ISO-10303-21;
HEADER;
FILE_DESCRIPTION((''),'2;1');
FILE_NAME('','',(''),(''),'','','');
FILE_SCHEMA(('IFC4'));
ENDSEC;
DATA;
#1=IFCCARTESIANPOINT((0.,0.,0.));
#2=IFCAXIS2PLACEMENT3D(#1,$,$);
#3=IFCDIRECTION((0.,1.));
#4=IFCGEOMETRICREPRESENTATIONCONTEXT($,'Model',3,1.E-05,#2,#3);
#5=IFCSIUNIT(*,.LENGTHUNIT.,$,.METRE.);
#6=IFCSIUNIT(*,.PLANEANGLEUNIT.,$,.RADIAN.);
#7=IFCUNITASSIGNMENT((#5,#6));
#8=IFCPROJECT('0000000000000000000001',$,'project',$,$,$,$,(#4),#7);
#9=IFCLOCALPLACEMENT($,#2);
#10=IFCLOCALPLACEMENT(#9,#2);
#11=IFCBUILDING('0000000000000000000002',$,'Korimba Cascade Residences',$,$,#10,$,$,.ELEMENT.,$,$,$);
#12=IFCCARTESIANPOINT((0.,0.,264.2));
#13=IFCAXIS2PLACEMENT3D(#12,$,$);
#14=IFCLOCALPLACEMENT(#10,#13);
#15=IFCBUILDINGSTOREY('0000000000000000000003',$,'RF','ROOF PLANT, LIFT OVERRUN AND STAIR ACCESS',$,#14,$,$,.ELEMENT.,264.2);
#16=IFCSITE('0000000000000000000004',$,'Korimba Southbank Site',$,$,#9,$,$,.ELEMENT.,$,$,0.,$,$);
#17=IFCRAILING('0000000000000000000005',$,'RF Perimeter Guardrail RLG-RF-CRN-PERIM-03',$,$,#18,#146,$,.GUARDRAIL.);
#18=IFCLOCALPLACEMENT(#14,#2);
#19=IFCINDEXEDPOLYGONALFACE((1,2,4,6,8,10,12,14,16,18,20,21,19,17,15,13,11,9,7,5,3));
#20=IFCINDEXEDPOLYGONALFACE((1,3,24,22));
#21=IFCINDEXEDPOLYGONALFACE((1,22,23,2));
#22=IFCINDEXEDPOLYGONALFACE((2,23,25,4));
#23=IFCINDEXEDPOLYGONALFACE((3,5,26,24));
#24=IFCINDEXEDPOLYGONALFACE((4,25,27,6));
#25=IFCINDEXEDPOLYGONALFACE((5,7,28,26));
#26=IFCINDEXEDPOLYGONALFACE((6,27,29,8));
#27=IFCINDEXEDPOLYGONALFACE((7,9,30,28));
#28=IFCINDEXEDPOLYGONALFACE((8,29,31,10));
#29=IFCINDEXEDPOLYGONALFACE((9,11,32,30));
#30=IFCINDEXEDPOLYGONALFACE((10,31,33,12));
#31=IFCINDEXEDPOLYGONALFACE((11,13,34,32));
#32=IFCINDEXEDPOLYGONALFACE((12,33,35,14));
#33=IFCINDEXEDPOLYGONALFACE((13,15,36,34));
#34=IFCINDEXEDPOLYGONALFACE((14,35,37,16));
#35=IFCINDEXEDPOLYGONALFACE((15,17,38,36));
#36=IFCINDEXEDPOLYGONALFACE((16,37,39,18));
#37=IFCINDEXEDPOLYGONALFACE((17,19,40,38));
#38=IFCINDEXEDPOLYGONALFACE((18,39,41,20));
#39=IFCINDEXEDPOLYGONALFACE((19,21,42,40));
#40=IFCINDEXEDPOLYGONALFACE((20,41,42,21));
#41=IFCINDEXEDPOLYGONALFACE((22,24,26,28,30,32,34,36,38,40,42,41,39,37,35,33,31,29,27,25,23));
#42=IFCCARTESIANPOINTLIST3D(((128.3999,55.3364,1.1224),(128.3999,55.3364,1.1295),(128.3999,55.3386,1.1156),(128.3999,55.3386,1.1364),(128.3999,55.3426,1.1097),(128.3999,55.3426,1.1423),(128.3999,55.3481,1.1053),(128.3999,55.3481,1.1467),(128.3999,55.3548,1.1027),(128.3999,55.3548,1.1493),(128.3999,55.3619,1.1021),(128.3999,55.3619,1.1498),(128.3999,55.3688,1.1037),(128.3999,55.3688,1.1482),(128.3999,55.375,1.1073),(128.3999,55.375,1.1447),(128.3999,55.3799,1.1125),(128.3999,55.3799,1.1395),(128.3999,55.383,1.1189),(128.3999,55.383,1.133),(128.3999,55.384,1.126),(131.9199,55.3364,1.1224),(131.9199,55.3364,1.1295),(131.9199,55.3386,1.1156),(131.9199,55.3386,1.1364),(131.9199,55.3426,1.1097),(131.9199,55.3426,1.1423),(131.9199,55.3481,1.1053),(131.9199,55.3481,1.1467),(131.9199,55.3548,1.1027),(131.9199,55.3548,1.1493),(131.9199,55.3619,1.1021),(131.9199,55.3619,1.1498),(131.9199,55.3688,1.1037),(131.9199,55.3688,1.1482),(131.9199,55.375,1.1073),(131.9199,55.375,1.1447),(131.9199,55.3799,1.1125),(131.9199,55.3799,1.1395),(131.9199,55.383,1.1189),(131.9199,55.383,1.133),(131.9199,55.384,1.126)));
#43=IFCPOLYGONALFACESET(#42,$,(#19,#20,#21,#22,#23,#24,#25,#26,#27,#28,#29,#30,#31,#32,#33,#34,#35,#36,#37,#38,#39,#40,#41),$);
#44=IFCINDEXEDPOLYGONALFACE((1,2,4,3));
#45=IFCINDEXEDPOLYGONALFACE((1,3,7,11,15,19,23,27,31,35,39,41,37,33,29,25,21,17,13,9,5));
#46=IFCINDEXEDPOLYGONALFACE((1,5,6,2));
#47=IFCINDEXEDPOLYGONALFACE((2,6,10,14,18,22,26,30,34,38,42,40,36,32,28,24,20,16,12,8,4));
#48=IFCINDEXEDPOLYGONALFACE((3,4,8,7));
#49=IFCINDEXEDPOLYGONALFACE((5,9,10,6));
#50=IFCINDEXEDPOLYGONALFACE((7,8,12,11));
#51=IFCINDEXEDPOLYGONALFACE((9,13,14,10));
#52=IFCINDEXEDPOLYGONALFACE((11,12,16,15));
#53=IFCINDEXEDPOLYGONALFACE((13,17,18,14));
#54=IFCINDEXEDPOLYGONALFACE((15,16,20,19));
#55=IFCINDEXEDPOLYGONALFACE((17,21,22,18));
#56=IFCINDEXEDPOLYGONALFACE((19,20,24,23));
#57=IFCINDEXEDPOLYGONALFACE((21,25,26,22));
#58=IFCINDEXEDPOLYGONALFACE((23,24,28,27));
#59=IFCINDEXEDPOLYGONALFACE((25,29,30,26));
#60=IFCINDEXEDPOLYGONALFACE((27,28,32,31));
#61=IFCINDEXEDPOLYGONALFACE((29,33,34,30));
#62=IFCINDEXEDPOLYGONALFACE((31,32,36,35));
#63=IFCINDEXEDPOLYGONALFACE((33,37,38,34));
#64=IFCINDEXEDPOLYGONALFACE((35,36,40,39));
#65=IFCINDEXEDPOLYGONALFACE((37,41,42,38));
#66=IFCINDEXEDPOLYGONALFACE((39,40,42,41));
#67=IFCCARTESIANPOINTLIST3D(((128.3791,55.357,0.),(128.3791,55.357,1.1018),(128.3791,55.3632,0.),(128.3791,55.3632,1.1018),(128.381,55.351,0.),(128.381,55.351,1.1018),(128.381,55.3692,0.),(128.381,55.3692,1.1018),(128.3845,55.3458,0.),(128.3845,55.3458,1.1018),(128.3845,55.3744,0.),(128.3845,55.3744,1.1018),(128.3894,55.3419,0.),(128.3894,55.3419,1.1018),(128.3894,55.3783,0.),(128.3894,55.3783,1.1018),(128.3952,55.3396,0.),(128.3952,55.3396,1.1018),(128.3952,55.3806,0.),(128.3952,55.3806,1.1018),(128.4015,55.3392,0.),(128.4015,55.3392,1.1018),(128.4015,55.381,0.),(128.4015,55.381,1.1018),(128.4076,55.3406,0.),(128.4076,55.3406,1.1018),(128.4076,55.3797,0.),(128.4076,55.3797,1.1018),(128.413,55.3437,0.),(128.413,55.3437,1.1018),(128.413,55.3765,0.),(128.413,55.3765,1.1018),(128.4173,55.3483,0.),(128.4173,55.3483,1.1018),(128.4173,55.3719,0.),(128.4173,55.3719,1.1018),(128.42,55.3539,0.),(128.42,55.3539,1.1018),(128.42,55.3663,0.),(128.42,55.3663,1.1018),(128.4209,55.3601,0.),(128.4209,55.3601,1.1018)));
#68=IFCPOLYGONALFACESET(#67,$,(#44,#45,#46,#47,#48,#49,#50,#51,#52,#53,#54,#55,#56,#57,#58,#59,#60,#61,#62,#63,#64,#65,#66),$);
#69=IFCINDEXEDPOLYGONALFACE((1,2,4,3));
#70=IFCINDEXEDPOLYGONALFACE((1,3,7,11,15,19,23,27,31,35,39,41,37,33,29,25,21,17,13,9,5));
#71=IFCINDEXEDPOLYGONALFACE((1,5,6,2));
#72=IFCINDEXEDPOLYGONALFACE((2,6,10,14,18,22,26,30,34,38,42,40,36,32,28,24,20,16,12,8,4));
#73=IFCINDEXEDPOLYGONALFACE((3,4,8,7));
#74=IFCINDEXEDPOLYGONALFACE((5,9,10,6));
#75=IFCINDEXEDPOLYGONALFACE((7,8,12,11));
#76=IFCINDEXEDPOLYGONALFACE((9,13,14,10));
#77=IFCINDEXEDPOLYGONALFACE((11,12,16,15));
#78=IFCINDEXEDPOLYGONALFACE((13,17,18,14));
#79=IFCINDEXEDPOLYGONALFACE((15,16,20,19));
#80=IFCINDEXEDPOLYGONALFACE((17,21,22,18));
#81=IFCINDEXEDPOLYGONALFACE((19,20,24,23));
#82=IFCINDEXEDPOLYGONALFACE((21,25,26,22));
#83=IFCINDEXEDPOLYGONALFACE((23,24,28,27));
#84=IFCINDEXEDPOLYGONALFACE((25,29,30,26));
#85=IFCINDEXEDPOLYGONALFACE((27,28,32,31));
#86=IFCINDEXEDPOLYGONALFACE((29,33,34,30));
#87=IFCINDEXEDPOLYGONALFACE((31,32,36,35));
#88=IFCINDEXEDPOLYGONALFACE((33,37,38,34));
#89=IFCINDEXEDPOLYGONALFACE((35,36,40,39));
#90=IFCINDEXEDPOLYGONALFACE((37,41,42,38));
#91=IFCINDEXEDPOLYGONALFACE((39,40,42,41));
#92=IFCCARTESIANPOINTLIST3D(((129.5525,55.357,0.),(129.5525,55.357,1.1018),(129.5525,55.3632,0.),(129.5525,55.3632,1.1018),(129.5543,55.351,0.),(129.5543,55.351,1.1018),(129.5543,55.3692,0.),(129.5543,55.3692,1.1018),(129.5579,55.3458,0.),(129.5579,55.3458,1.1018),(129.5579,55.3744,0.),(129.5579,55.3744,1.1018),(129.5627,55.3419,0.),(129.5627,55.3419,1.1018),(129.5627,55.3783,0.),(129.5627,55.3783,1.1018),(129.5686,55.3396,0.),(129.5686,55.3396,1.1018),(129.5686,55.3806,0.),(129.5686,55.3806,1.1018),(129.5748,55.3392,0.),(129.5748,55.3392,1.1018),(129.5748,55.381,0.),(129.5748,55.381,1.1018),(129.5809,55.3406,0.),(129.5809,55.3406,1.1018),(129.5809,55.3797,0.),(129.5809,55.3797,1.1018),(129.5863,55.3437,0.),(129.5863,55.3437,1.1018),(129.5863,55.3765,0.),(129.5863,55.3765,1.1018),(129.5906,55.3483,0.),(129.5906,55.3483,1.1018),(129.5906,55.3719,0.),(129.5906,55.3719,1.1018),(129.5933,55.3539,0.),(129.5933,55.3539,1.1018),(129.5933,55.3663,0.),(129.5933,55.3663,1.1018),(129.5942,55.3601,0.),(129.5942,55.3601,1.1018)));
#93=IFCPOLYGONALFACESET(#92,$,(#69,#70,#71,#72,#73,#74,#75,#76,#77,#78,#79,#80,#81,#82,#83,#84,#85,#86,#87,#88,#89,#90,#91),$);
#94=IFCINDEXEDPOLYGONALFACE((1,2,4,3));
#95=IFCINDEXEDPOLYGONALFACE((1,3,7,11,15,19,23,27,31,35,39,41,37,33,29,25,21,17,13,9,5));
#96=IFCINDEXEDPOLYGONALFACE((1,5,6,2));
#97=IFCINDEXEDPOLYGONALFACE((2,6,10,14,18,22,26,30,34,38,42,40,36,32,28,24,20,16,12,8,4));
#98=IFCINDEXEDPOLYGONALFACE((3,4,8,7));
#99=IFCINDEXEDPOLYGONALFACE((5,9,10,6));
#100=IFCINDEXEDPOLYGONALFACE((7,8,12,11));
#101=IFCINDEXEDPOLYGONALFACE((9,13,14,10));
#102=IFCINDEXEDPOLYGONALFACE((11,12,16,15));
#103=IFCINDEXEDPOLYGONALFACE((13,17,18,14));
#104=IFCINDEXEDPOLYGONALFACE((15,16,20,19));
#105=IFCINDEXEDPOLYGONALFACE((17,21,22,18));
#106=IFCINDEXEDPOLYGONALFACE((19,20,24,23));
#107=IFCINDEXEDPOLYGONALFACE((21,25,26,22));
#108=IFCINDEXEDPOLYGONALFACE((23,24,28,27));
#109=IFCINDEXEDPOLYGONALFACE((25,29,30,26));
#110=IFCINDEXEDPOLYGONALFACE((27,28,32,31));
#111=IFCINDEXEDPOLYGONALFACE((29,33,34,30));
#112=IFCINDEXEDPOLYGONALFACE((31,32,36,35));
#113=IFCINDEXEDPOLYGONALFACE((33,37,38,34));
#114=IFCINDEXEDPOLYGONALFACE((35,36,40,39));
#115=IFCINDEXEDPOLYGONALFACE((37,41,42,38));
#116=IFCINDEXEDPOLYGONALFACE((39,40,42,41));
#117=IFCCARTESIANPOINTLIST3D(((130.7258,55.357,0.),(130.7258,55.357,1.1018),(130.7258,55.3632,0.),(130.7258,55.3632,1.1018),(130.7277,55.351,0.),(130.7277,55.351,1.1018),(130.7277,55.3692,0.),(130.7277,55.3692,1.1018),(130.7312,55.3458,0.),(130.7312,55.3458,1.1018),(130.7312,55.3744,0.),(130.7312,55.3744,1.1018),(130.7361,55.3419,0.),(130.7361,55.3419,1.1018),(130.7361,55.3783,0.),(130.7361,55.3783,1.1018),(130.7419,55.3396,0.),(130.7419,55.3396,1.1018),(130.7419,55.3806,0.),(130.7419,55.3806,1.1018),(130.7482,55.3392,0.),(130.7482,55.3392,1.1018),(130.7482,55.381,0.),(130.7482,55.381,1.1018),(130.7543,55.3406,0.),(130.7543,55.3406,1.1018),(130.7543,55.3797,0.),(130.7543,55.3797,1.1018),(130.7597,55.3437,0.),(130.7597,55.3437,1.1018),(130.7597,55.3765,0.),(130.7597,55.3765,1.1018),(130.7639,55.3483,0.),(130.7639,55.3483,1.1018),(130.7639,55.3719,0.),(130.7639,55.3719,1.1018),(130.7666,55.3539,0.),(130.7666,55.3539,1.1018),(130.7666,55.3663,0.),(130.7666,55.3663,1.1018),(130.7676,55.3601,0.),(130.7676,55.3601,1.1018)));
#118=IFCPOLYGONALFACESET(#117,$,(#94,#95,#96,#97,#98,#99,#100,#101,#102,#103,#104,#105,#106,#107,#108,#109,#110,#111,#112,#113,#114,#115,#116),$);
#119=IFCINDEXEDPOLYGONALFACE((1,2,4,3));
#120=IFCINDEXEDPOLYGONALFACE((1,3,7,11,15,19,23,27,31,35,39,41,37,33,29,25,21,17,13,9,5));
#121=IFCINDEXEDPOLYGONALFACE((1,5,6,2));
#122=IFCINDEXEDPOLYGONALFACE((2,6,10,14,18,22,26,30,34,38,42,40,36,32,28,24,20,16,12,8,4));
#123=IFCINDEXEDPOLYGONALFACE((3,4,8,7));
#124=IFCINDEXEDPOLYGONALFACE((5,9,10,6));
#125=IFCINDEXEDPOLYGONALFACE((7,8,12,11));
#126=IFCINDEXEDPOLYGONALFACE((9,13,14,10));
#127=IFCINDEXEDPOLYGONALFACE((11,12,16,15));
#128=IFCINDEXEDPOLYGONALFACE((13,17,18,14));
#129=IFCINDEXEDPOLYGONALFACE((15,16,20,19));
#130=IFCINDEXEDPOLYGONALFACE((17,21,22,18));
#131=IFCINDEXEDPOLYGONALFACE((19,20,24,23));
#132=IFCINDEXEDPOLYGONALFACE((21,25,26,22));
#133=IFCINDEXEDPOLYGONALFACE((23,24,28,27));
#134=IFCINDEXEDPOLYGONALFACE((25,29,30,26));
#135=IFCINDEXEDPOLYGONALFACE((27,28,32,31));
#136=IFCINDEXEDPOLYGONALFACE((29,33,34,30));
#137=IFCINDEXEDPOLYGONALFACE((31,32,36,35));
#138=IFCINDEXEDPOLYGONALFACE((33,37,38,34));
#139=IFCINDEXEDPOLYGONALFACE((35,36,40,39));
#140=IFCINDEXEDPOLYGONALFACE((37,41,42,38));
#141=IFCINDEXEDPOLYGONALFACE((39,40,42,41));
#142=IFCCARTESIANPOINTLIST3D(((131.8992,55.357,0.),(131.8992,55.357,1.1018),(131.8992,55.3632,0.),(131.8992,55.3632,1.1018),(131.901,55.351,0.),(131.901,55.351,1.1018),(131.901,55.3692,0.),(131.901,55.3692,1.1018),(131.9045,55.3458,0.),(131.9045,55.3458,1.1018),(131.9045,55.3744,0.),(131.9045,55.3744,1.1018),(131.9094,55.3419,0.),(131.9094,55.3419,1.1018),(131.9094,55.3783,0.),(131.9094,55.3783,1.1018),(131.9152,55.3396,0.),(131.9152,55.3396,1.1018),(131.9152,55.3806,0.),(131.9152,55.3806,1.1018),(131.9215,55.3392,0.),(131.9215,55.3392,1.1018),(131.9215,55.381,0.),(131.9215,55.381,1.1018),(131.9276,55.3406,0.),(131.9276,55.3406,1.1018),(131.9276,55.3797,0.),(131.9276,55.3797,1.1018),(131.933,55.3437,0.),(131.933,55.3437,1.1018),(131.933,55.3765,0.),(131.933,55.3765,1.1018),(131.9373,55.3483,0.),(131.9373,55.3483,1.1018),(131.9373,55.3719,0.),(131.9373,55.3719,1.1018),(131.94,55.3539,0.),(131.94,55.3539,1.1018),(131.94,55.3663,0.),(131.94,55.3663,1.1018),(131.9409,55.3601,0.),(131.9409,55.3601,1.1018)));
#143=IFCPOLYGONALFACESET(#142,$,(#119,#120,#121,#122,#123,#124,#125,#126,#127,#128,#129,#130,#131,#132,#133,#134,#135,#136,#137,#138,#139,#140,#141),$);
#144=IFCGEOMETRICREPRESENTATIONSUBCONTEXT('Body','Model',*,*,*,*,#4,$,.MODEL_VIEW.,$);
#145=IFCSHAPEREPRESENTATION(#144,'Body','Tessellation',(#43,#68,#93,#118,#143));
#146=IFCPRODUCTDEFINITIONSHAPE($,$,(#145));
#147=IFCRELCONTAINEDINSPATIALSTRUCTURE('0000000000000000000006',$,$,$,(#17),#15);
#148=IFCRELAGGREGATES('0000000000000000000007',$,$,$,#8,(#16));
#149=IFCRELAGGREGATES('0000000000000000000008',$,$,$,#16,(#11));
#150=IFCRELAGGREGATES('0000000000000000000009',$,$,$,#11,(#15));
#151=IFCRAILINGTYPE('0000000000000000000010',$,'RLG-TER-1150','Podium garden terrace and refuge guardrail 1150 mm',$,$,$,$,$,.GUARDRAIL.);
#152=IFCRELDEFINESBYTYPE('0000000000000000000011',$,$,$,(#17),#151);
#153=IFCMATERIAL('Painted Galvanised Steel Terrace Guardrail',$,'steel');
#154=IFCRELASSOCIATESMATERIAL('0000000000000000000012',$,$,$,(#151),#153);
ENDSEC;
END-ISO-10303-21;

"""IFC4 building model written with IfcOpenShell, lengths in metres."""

from ifc_helpers import new_model, si_unit, direction, frame, origin, origin_2d, place, context, subcontext, project, spatial, circle, extrude, material, type_object, element, save


model = new_model("IFC4")

# Units and contexts
model_context = context("Model", 3, precision=1e-05, world=origin(), true_north=direction((0.0, 1.0)))
body_context = subcontext(model_context, "Body", "Model", "MODEL_VIEW")
ifc_project = project(units=[si_unit("LENGTHUNIT", "METRE"), si_unit("PLANEANGLEUNIT", "RADIAN")], contexts=[model_context])

# Site, building, storey
site_placement = place(None, origin())
site = spatial("IfcSite", under=ifc_project, at=site_placement, Name="Korimba Southbank Site", CompositionType="ELEMENT", RefElevation=0.0)
building_placement = place(site_placement, origin())
building = spatial("IfcBuilding", under=site, at=building_placement, Name="Korimba Cascade Residences", CompositionType="ELEMENT")
storey_placement = place(building_placement, frame((0.0, 0.0, 264.2)))
storey = spatial("IfcBuildingStorey", under=building, at=storey_placement, Name="RF", Description="ROOF PLANT, LIFT OVERRUN AND STAIR ACCESS", CompositionType="ELEMENT", Elevation=264.2)

# Railing
ifc_material_1 = material(Name="Painted Galvanised Steel Terrace Guardrail", Category="steel")
railing_type = type_object("IfcRailingType", Name="RLG-TER-1150", Description="Podium garden terrace and refuge guardrail 1150 mm", PredefinedType="GUARDRAIL", material=ifc_material_1)
railing_placement = place(storey_placement, frame((128.3999, 55.3601, 0.0)))
element("IfcRailing", 1, at=railing_placement, inside=storey, type_object=railing_type, Name="RF Perimeter Guardrail RLG-RF-CRN-PERIM-03", PredefinedType="GUARDRAIL", context=body_context, shape_type="SweptSolid", body=[
    extrude(circle(Radius=0.0239, at=origin_2d()), frame((0.0, 0.0, 1.126), z_axis=(1.0, 0.0, 0.0), x_axis=(0.0, 1.0, 0.0)), (0.0, 0.0, 1.0), 3.52),
    extrude(circle(Radius=0.021, at=origin_2d()), origin(), (0.0, 0.0, 1.0), 1.1018),
    extrude(circle(Radius=0.021, at=origin_2d()), frame((1.1733, 0.0, 0.0)), (0.0, 0.0, 1.0), 1.1018),
    extrude(circle(Radius=0.021, at=origin_2d()), frame((2.3467, 0.0, 0.0)), (0.0, 0.0, 1.0), 1.1018),
    extrude(circle(Radius=0.021, at=origin_2d()), frame((3.52, 0.0, 0.0)), (0.0, 0.0, 1.0), 1.1018),
])

save(model, "model.ifc")
